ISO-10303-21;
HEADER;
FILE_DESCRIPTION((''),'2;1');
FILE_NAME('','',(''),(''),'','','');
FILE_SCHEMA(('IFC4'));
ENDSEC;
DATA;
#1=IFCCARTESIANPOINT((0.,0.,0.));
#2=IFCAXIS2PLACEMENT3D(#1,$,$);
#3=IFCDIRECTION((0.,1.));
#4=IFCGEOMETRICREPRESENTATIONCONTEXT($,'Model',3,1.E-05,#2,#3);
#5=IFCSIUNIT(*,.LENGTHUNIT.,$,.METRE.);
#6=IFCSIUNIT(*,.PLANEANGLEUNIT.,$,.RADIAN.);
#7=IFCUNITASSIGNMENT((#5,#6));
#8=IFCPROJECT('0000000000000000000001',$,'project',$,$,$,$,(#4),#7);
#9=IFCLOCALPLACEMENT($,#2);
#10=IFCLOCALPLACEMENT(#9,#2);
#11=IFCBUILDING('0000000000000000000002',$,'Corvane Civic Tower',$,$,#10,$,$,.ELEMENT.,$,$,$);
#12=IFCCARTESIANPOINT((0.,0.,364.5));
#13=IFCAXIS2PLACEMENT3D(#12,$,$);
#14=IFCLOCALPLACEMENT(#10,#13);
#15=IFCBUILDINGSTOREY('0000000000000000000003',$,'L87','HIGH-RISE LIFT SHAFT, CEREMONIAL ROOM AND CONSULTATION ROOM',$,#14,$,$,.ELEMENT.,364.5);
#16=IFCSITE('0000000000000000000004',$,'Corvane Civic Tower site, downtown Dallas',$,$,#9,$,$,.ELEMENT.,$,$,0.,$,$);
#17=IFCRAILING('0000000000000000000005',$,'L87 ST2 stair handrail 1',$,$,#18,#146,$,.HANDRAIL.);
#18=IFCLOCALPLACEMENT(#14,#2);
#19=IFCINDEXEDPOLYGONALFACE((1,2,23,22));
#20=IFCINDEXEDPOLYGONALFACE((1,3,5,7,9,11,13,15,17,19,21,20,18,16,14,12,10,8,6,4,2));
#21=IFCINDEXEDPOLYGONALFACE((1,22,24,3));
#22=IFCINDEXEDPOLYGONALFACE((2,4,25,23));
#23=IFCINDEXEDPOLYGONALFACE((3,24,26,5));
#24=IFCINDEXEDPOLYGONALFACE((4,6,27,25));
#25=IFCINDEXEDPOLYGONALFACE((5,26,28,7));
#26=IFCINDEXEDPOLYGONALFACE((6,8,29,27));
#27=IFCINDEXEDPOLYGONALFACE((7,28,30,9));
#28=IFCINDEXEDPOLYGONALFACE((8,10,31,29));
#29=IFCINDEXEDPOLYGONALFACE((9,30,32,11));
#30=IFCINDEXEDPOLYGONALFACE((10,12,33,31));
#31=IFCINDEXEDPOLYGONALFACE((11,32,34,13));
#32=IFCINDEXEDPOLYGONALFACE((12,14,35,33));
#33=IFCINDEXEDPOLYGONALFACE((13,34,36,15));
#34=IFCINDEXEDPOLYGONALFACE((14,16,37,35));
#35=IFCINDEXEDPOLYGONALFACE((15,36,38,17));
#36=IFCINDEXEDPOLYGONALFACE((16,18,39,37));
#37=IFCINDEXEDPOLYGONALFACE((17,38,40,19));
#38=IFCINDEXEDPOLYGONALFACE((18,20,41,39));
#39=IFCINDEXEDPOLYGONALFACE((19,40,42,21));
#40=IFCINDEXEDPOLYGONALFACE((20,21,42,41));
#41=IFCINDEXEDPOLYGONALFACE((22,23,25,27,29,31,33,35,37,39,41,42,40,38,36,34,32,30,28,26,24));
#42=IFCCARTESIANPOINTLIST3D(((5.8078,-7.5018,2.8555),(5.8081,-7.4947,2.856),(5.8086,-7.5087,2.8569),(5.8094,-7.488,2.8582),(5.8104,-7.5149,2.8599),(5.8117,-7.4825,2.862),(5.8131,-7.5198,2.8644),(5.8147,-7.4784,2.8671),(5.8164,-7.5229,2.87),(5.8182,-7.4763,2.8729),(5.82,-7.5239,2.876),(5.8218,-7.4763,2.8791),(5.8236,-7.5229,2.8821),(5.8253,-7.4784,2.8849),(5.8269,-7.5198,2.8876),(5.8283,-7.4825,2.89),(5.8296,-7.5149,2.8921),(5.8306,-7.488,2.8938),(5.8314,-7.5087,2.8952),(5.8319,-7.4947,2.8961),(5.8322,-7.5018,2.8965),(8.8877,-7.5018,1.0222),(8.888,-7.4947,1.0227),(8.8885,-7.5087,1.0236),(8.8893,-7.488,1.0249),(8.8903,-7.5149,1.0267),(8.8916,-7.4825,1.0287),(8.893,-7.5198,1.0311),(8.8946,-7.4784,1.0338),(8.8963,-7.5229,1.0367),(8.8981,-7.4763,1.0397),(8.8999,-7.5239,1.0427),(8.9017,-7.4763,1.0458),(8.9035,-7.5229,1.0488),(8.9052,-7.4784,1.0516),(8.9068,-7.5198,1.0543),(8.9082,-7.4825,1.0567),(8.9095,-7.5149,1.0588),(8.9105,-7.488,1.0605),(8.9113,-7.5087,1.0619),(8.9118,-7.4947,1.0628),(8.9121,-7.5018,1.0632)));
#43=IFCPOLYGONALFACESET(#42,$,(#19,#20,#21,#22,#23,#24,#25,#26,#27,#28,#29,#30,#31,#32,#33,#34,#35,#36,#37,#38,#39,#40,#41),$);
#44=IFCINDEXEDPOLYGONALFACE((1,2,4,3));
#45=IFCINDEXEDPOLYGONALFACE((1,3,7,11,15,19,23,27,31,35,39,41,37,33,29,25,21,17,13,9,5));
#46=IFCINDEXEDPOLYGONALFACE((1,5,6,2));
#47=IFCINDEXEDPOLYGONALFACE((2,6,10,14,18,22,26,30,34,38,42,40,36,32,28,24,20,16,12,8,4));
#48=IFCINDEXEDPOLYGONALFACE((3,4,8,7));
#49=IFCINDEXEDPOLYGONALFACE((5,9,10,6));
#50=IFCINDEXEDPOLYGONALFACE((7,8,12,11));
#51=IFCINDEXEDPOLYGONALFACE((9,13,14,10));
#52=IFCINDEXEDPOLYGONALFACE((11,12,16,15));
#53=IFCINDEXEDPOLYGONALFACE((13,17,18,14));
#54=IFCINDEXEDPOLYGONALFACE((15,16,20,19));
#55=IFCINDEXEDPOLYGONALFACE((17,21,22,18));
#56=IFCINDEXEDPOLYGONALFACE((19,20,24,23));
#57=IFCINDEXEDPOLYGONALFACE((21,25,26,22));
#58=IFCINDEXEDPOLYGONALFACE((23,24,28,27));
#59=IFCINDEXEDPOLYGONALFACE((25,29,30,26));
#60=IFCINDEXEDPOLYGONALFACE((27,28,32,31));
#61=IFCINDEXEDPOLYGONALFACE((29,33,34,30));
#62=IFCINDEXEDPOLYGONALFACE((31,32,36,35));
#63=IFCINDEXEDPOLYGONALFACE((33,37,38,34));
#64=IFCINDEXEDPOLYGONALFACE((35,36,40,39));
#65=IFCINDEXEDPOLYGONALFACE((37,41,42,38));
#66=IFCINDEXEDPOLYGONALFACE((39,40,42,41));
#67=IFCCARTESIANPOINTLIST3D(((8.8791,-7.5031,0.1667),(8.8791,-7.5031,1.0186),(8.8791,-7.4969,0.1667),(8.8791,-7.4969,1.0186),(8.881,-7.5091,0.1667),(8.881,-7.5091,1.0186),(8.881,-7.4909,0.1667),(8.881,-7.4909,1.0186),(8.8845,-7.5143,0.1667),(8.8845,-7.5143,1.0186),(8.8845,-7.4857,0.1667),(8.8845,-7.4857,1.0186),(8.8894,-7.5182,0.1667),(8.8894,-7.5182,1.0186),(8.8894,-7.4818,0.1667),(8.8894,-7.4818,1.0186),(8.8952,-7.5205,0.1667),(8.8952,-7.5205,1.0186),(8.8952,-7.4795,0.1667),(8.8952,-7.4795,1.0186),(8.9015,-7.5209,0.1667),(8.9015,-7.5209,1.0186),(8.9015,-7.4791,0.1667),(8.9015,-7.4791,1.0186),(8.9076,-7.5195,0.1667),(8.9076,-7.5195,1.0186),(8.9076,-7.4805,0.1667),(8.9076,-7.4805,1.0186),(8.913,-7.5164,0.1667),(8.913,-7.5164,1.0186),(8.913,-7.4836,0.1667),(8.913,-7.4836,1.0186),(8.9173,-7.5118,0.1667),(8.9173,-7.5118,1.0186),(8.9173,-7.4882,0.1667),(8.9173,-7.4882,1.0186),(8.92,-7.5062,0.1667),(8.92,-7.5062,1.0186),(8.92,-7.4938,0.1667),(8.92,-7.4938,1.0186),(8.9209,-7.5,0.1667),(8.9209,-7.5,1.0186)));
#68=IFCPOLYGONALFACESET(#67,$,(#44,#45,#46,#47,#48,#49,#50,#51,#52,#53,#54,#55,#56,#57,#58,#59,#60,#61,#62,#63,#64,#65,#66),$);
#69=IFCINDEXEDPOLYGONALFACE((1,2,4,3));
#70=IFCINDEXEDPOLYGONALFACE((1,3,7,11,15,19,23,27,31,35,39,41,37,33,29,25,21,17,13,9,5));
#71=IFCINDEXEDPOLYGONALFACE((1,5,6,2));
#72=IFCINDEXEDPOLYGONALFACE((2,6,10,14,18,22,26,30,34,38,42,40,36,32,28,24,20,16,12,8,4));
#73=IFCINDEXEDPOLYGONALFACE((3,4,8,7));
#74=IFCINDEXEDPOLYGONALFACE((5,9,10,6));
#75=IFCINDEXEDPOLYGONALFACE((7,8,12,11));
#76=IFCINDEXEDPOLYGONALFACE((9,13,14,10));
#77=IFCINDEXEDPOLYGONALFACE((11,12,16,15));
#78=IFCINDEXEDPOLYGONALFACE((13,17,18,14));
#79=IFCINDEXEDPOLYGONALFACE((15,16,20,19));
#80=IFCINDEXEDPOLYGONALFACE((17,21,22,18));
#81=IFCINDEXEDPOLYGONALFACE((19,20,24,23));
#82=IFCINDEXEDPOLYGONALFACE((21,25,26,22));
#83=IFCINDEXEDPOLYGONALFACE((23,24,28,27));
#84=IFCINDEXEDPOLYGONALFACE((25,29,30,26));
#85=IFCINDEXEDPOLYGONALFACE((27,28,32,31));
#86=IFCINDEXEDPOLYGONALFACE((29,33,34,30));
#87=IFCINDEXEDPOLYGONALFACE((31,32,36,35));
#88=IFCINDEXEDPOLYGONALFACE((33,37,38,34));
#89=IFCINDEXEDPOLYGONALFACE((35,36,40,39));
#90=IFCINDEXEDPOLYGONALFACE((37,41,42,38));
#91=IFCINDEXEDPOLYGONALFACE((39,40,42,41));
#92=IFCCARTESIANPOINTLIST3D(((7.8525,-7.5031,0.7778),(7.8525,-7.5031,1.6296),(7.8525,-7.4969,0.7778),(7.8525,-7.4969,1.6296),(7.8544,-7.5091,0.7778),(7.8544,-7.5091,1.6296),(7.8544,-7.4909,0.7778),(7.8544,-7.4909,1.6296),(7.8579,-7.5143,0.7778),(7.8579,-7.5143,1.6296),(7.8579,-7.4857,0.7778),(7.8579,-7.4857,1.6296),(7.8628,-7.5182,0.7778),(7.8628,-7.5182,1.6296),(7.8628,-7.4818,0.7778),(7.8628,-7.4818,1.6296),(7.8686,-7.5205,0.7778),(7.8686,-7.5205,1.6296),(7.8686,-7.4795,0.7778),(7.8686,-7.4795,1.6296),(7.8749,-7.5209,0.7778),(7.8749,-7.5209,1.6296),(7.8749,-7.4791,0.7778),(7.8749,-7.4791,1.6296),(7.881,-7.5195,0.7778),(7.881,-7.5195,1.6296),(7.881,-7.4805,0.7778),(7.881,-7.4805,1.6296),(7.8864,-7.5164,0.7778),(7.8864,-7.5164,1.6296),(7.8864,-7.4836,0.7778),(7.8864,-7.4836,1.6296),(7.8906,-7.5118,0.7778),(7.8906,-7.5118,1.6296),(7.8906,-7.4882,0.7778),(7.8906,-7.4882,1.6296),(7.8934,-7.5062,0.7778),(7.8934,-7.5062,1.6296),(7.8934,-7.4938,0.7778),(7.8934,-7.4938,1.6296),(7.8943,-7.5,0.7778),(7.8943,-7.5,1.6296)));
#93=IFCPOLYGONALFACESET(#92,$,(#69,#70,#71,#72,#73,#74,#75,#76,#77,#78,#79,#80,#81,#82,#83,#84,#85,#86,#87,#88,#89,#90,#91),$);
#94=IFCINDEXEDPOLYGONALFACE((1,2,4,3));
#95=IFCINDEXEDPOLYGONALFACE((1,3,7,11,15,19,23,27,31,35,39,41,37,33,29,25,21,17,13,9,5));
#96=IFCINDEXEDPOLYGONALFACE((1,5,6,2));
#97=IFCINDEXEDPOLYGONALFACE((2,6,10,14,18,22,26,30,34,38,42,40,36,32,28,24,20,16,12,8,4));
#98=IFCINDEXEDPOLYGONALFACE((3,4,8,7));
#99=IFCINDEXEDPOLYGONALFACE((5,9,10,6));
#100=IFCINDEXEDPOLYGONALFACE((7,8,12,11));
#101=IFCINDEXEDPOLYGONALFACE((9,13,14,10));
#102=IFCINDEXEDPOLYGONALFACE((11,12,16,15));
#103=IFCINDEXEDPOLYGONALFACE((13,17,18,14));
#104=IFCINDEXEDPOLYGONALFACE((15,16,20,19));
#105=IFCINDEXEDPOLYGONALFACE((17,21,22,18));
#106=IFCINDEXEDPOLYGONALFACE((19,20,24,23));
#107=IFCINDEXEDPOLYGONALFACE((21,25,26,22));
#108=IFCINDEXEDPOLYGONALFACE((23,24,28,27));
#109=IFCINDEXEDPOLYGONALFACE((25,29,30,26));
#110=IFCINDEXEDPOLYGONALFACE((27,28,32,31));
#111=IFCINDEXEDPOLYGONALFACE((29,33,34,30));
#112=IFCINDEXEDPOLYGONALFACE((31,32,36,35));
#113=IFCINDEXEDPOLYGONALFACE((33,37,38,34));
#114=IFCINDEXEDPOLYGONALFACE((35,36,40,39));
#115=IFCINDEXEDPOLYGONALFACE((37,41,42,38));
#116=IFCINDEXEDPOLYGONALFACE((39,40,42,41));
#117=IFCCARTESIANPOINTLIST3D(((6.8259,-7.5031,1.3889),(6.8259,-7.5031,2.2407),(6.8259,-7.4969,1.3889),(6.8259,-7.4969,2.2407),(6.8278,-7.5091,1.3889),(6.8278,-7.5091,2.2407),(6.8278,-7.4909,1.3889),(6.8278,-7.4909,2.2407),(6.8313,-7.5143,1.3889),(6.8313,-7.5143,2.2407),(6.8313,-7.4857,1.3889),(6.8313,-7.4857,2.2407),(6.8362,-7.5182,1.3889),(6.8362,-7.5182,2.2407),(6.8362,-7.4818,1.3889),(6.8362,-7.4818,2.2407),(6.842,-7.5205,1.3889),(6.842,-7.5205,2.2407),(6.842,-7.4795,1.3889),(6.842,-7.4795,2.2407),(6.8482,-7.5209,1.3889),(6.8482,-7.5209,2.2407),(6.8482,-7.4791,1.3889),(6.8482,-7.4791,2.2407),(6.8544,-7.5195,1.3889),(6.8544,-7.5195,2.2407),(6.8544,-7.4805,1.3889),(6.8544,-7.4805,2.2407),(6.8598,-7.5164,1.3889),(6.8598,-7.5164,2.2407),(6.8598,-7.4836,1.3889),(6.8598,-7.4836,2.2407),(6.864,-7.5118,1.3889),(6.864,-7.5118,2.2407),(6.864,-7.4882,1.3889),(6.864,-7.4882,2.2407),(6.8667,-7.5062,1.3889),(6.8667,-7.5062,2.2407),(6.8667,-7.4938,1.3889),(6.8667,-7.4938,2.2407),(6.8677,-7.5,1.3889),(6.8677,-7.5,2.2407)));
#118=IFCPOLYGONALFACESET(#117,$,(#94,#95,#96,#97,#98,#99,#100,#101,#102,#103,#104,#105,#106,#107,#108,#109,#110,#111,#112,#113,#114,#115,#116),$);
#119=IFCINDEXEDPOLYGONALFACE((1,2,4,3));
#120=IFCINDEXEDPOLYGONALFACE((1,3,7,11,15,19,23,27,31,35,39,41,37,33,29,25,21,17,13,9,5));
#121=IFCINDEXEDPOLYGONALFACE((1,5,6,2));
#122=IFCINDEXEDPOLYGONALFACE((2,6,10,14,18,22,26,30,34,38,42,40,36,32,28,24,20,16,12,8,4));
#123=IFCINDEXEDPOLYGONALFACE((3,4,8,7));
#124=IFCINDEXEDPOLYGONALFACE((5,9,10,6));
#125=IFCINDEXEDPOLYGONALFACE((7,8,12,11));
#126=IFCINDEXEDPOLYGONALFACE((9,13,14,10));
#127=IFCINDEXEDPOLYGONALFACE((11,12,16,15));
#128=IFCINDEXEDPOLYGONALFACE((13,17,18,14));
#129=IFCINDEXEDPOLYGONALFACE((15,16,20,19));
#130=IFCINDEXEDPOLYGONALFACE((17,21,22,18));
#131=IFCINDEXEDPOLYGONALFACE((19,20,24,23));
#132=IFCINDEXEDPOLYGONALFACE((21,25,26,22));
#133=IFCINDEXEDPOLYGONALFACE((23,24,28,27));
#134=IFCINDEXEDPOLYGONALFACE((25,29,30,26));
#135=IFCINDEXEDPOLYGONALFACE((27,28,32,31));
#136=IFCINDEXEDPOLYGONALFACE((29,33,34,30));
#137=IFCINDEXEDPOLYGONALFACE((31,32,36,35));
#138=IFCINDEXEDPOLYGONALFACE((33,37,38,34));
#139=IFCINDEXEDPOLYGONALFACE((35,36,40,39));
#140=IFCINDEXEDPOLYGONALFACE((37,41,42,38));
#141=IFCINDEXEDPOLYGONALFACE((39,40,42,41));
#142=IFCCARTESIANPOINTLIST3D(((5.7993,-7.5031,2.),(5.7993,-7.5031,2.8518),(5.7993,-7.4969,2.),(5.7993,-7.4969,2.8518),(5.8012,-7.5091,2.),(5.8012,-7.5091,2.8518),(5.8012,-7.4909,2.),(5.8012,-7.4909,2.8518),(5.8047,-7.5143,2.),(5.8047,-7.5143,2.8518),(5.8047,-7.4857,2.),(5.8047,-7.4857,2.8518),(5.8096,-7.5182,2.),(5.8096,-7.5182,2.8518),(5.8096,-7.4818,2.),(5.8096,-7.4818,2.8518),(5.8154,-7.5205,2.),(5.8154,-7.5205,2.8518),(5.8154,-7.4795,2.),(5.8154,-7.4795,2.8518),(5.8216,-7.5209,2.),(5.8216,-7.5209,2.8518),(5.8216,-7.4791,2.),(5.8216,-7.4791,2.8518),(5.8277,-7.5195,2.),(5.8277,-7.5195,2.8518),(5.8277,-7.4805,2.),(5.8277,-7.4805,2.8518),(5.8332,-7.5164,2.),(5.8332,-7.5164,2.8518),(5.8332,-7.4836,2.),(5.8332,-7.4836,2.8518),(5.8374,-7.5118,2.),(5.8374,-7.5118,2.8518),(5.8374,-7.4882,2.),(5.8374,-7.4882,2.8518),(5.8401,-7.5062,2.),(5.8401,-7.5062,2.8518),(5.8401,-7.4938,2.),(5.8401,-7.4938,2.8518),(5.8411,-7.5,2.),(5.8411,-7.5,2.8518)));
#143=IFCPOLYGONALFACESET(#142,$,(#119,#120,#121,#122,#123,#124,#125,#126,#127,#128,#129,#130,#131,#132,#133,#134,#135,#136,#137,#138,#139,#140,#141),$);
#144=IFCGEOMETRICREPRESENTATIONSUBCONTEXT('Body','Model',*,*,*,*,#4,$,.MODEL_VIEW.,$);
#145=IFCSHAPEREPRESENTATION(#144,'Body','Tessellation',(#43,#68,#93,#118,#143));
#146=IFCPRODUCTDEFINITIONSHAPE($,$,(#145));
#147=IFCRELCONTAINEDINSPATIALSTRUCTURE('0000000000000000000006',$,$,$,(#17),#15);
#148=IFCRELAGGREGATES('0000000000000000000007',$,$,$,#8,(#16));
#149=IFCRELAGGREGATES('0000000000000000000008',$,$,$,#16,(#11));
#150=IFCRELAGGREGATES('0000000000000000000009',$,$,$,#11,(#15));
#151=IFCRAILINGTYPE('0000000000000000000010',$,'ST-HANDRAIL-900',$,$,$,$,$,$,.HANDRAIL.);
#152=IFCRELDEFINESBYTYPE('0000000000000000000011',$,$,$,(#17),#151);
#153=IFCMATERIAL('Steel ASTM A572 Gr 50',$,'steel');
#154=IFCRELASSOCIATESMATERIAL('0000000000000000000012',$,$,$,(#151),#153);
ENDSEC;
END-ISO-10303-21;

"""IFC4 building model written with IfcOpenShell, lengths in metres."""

from ifc_helpers import new_model, si_unit, direction, frame, origin, origin_2d, place, context, subcontext, project, spatial, circle, extrude, material, type_object, element, save


model = new_model("IFC4")

# Units and contexts
model_context = context("Model", 3, precision=1e-05, world=origin(), true_north=direction((0.0, 1.0)))
body_context = subcontext(model_context, "Body", "Model", "MODEL_VIEW")
ifc_project = project(units=[si_unit("LENGTHUNIT", "METRE"), si_unit("PLANEANGLEUNIT", "RADIAN")], contexts=[model_context])

# Site, building, storey
site_placement = place(None, origin())
site = spatial("IfcSite", under=ifc_project, at=site_placement, Name="Corvane Civic Tower site, downtown Dallas", CompositionType="ELEMENT", RefElevation=0.0)
building_placement = place(site_placement, origin())
building = spatial("IfcBuilding", under=site, at=building_placement, Name="Corvane Civic Tower", CompositionType="ELEMENT")
storey_placement = place(building_placement, frame((0.0, 0.0, 364.5)))
storey = spatial("IfcBuildingStorey", under=building, at=storey_placement, Name="L87", Description="HIGH-RISE LIFT SHAFT, CEREMONIAL ROOM AND CONSULTATION ROOM", CompositionType="ELEMENT", Elevation=364.5)

# Railing
ifc_material_1 = material(Name="Steel ASTM A572 Gr 50", Category="steel")
railing_type_1 = type_object("IfcRailingType", Name="ST-HANDRAIL-900", PredefinedType="HANDRAIL", material=ifc_material_1)
railing_1_placement = place(storey_placement, frame((8.8999, -7.5, 0.1667)))
element("IfcRailing", 1, at=railing_1_placement, inside=storey, type_object=railing_type_1, Name="L87 ST2 stair handrail 1", PredefinedType="HANDRAIL", context=body_context, shape_type="SweptSolid", body=[
    extrude(circle(Radius=0.0239, at=origin_2d()), frame((0.0, 0.0, 0.876), z_axis=(-0.859291, 0.0, 0.511487), x_axis=(0.0, -1.0, 0.0)), (0.0, 0.0, 1.0), 3.5842),
    extrude(circle(Radius=0.021, at=origin_2d()), origin(), (0.0, 0.0, 1.0), 0.8518),
    extrude(circle(Radius=0.021, at=origin_2d()), frame((-1.0266, 0.0, 0.6111)), (0.0, 0.0, 1.0), 0.8518),
    extrude(circle(Radius=0.021, at=origin_2d()), frame((-2.0532, 0.0, 1.2222)), (0.0, 0.0, 1.0), 0.8518),
    extrude(circle(Radius=0.021, at=origin_2d()), frame((-3.0798, 0.0, 1.8333)), (0.0, 0.0, 1.0), 0.8518),
])

save(model, "model.ifc")
